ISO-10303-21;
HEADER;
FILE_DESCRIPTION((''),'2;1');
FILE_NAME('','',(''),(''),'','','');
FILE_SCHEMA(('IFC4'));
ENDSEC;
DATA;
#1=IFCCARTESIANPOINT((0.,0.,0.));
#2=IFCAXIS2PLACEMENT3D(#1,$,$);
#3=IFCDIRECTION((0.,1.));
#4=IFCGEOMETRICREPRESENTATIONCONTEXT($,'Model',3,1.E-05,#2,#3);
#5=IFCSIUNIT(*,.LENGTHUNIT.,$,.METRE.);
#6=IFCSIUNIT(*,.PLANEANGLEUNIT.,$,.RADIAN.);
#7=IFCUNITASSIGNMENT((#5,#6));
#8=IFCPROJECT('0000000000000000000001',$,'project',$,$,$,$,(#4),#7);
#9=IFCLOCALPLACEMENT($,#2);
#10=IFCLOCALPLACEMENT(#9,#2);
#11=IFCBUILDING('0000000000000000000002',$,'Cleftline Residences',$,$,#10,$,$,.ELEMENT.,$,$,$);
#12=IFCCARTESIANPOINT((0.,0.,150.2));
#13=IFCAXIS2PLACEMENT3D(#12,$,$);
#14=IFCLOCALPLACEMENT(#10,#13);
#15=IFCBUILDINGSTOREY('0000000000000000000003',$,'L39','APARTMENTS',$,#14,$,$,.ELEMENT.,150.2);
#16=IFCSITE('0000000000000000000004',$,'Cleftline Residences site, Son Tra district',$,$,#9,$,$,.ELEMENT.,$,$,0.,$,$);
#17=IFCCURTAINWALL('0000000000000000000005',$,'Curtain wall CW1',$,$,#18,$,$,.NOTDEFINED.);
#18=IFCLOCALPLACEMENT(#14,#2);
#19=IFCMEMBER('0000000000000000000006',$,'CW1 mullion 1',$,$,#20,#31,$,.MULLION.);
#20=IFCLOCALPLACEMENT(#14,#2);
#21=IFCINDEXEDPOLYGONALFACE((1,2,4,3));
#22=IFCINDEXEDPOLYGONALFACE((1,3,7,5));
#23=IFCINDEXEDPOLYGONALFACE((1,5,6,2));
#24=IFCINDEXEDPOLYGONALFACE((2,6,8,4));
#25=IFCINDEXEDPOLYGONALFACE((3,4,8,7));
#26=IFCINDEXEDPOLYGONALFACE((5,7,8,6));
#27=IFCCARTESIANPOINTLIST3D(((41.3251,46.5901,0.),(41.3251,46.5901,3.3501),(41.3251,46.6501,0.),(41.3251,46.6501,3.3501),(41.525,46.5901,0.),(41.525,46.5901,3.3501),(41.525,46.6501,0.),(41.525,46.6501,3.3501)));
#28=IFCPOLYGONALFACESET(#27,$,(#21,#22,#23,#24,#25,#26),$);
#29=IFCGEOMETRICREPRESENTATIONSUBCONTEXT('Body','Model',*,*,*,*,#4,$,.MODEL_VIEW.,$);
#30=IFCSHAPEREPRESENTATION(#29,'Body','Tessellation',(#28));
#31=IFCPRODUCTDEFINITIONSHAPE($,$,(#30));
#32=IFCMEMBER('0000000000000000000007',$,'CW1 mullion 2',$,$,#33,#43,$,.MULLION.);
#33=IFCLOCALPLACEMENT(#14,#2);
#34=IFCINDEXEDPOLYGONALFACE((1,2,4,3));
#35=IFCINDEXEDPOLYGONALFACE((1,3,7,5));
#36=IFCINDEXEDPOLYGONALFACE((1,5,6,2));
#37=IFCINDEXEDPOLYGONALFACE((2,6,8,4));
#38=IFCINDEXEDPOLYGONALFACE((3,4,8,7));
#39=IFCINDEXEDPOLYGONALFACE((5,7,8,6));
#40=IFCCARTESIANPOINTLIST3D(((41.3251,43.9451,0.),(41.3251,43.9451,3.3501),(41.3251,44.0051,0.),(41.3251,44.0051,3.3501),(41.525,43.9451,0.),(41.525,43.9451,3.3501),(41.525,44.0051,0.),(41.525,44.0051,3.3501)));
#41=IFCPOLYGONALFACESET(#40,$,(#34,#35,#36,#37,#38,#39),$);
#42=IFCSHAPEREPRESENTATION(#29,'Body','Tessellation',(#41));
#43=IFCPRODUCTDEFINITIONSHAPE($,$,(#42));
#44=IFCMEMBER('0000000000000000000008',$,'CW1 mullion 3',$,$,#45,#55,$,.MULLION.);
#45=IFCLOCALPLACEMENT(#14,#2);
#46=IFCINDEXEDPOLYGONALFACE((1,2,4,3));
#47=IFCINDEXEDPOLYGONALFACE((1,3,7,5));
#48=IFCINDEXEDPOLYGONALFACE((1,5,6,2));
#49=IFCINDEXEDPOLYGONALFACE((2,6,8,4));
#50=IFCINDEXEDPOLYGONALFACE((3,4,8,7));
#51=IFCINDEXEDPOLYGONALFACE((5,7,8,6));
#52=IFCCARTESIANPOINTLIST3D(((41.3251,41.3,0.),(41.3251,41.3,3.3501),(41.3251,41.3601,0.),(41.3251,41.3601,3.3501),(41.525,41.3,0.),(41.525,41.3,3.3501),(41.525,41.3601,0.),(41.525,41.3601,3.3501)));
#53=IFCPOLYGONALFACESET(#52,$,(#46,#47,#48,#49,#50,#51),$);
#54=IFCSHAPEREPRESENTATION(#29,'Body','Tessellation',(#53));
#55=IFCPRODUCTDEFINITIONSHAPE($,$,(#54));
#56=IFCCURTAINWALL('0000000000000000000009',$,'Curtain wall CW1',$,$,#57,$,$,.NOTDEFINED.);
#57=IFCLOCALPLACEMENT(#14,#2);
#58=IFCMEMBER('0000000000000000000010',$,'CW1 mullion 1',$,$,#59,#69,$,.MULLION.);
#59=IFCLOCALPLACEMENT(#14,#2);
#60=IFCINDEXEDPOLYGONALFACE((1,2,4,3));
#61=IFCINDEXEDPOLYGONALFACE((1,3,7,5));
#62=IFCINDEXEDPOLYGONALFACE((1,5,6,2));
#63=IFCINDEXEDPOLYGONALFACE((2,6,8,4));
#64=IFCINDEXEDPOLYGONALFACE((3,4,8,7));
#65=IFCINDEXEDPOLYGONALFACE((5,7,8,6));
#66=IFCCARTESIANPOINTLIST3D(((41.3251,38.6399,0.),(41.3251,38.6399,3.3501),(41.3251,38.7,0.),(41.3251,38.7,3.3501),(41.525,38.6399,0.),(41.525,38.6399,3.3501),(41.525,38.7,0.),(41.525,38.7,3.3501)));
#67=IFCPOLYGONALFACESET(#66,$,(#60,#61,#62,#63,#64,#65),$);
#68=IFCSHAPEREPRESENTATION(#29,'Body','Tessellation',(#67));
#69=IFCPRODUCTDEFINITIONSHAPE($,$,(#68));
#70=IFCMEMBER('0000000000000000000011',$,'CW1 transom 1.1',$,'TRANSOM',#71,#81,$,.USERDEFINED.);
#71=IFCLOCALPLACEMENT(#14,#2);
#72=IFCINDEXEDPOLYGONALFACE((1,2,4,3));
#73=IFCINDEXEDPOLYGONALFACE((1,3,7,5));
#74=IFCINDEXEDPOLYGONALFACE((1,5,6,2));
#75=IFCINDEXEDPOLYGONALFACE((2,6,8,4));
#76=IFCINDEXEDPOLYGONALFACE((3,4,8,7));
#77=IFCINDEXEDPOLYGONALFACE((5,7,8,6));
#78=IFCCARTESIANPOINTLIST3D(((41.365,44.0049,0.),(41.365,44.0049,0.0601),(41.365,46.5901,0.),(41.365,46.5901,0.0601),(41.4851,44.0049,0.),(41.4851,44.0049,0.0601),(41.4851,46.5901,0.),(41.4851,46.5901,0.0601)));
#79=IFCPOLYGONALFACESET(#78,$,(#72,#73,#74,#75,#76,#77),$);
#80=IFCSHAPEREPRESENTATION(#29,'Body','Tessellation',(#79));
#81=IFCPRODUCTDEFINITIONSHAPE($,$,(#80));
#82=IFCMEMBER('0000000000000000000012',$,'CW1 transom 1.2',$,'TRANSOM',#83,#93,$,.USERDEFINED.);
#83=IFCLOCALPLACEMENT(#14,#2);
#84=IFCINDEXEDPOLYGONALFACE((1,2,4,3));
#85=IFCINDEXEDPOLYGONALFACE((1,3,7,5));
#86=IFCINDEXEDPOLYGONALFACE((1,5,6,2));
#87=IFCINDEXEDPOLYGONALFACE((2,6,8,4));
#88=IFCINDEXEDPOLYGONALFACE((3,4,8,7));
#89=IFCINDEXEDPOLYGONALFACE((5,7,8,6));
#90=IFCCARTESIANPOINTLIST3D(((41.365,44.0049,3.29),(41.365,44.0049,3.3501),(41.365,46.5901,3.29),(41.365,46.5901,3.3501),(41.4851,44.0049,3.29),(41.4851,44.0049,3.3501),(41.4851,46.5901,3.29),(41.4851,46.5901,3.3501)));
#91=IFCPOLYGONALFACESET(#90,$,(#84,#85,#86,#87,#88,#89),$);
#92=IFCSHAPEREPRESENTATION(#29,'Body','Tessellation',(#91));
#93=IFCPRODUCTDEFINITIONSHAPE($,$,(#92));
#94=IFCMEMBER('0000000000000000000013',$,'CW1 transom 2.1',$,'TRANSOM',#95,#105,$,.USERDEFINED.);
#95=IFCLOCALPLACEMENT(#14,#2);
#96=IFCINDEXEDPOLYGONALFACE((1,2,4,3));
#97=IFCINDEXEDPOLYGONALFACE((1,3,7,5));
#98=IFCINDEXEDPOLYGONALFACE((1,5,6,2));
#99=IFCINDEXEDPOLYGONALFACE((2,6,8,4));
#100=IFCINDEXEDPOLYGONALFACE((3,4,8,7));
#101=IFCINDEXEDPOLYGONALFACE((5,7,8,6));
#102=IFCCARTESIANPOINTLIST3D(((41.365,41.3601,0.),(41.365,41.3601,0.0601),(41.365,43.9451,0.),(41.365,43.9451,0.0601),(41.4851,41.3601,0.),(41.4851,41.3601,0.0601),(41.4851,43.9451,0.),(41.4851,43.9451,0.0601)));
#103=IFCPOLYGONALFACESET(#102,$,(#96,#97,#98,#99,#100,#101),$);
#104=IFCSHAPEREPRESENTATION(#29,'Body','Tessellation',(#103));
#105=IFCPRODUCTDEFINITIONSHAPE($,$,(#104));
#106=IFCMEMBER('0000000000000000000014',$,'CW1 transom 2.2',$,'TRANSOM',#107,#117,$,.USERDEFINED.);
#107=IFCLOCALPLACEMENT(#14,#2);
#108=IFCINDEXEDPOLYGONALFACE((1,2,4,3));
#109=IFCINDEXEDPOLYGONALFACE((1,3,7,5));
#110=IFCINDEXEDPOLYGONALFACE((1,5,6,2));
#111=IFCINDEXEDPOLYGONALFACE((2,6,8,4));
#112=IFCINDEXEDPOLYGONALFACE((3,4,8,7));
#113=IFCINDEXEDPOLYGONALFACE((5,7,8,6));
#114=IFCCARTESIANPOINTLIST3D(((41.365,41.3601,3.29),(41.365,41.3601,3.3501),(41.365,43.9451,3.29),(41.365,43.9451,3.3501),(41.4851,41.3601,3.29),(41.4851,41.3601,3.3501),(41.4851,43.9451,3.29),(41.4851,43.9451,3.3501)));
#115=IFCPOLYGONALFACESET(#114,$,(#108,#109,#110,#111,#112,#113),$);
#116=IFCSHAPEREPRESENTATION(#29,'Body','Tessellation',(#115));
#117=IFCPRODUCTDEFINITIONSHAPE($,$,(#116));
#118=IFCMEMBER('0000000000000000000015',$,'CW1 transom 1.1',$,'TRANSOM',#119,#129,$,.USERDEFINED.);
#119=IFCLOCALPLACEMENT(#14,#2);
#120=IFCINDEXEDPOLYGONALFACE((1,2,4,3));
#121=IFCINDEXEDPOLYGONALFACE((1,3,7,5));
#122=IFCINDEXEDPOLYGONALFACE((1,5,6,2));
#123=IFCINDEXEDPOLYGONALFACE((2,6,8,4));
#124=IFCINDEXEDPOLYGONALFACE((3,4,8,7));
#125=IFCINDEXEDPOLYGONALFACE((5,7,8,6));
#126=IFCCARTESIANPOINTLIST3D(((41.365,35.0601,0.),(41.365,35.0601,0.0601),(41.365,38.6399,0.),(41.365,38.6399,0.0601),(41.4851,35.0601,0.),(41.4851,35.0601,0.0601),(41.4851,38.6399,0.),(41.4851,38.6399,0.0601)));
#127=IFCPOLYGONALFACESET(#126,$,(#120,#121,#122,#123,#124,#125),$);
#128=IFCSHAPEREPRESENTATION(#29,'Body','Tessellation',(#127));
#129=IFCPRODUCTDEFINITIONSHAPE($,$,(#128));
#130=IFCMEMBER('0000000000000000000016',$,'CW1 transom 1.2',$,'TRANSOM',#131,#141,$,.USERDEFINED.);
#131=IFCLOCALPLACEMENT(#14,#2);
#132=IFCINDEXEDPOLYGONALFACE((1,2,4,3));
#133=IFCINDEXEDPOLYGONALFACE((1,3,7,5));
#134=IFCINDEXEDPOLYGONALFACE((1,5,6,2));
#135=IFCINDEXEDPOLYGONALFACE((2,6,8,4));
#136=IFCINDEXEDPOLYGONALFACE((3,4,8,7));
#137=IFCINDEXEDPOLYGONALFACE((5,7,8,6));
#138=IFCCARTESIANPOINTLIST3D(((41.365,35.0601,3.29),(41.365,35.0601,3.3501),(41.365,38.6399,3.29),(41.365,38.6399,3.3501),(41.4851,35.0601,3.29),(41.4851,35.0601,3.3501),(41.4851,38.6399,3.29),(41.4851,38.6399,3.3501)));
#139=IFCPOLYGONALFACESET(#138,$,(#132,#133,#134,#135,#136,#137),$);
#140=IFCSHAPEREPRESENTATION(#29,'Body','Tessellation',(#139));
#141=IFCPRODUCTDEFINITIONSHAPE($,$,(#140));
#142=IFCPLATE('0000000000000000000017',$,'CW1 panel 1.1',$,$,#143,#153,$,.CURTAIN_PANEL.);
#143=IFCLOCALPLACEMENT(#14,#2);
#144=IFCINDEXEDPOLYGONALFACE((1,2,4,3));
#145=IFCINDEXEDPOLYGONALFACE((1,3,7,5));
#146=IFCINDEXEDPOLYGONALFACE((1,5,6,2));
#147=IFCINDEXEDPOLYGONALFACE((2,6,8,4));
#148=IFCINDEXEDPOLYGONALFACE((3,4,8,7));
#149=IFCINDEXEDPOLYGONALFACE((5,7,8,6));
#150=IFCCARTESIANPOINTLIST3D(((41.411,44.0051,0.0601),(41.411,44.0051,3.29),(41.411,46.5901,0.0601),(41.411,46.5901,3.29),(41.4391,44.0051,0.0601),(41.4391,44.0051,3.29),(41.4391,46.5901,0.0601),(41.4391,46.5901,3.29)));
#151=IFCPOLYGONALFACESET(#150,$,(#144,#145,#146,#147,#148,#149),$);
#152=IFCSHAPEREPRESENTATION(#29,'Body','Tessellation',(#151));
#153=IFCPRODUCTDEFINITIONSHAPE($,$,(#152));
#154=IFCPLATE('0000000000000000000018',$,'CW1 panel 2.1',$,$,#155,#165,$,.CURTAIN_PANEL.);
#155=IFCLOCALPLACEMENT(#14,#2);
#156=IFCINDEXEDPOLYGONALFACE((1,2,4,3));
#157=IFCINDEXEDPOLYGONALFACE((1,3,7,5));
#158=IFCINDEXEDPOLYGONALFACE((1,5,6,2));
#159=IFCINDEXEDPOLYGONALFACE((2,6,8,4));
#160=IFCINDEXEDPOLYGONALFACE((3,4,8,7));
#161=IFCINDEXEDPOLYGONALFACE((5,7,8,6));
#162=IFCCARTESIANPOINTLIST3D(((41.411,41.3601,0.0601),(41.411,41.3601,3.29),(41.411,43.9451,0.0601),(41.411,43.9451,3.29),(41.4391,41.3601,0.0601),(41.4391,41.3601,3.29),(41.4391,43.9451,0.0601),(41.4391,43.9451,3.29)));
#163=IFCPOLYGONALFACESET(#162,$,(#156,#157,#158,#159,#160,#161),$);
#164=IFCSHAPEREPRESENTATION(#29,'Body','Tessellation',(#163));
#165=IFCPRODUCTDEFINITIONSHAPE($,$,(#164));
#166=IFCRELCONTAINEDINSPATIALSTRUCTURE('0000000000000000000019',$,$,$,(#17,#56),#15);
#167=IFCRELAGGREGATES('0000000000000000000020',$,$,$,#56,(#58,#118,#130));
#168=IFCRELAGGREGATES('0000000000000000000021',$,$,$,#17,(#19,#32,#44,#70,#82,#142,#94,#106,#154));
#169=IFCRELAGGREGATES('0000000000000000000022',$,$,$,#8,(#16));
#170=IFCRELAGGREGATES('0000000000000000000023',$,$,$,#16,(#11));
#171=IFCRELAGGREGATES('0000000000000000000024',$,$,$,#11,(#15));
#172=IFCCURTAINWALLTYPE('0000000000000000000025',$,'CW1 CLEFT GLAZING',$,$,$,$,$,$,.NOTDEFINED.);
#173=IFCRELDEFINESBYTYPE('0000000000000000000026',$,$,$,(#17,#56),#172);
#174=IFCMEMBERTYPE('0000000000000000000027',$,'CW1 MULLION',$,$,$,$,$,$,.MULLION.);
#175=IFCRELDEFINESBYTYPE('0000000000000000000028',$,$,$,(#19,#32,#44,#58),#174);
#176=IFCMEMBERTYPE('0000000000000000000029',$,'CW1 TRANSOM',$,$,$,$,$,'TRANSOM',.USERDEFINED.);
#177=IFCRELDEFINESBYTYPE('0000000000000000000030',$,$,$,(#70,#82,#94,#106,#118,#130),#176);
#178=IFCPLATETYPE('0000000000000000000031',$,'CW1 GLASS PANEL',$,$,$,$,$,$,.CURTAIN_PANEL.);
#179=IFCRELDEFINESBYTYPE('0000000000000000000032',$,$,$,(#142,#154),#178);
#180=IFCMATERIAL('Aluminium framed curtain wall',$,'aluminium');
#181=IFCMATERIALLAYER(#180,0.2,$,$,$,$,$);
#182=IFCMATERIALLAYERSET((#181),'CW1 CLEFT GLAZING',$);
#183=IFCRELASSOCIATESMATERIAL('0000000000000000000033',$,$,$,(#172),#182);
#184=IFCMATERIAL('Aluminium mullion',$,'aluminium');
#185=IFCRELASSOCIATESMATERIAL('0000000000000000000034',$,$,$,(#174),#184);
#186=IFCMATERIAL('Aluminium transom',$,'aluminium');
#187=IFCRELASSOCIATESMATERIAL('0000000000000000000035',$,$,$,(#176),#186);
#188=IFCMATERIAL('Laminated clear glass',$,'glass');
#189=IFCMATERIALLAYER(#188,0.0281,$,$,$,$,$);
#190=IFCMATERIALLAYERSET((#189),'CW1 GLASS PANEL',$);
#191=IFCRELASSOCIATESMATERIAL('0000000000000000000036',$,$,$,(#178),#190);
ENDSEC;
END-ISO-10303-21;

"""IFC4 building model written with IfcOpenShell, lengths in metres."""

from ifc_helpers import new_model, si_unit, direction, frame, origin, origin_2d, place, context, subcontext, project, spatial, rectangle, extrude, material, layer, layer_set, material_profile, profile_set, type_object, element, aggregate, save


model = new_model("IFC4")

# Units and contexts
model_context = context("Model", 3, precision=1e-05, world=origin(), true_north=direction((0.0, 1.0)))
body_context = subcontext(model_context, "Body", "Model", "MODEL_VIEW")
ifc_project = project(units=[si_unit("LENGTHUNIT", "METRE"), si_unit("PLANEANGLEUNIT", "RADIAN")], contexts=[model_context])

# Site, building, storey
site_placement = place(None, origin())
site = spatial("IfcSite", under=ifc_project, at=site_placement, Name="Cleftline Residences site, Son Tra district", CompositionType="ELEMENT", RefElevation=0.0)
building_placement = place(site_placement, origin())
building = spatial("IfcBuilding", under=site, at=building_placement, Name="Cleftline Residences", CompositionType="ELEMENT")
storey_placement = place(building_placement, frame((0.0, 0.0, 150.2)))
storey = spatial("IfcBuildingStorey", under=building, at=storey_placement, Name="L39", Description="APARTMENTS", CompositionType="ELEMENT", Elevation=150.2)

# Curtain wall, members
ifc_material_1 = material(Name="Aluminium framed curtain wall", Category="aluminium")
ifc_layer_1 = layer(ifc_material_1, 0.2)
ifc_layer_set_1 = layer_set([ifc_layer_1], Name="CW1 CLEFT GLAZING")
curtain_wall_type = type_object("IfcCurtainWallType", Name="CW1 CLEFT GLAZING", PredefinedType="NOTDEFINED", material=ifc_layer_set_1)
curtain_wall_1_placement = place(storey_placement, origin())
curtain_wall_1 = element("IfcCurtainWall", 1, at=curtain_wall_1_placement, inside=storey, type_object=curtain_wall_type, Name="Curtain wall CW1", PredefinedType="NOTDEFINED")
ifc_material_2 = material(Name="Aluminium mullion", Category="aluminium")
ifc_material_profile_1 = material_profile(ifc_material_2, rectangle(XDim=0.2, YDim=0.0601, at=origin_2d()))
ifc_profile_set_1 = profile_set([ifc_material_profile_1], Name="Aluminium mullion")
member_type_1 = type_object("IfcMemberType", Name="CW1 MULLION", PredefinedType="MULLION", material=ifc_profile_set_1)
member_1_placement = place(storey_placement, frame((41.425, 46.6201, 0.0), z_axis=(0.0, 0.0, 1.0), x_axis=(1.0, 0.0, 0.0)))
member_1 = element("IfcMember", 2, at=member_1_placement, type_object=member_type_1, Name="CW1 mullion 1", PredefinedType="MULLION", context=body_context, shape_type="SweptSolid", body=[
    extrude(rectangle(XDim=0.2, YDim=0.0601, at=origin_2d()), origin(), (0.0, 0.0, 1.0), 3.3501),
])
member_2_placement = place(storey_placement, frame((41.425, 43.9751, 0.0), z_axis=(0.0, 0.0, 1.0), x_axis=(1.0, 0.0, 0.0)))
member_2 = element("IfcMember", 3, at=member_2_placement, type_object=member_type_1, Name="CW1 mullion 2", PredefinedType="MULLION", context=body_context, shape_type="SweptSolid", body=[
    extrude(rectangle(XDim=0.2, YDim=0.0601, at=origin_2d()), origin(), (0.0, 0.0, 1.0), 3.3501),
])
member_3_placement = place(storey_placement, frame((41.425, 41.3301, 0.0), z_axis=(0.0, 0.0, 1.0), x_axis=(1.0, 0.0, 0.0)))
member_3 = element("IfcMember", 4, at=member_3_placement, type_object=member_type_1, Name="CW1 mullion 3", PredefinedType="MULLION", context=body_context, shape_type="SweptSolid", body=[
    extrude(rectangle(XDim=0.2, YDim=0.0601, at=origin_2d()), origin(), (0.0, 0.0, 1.0), 3.3501),
])

# Curtain wall, member
curtain_wall_2_placement = place(storey_placement, origin())
curtain_wall_2 = element("IfcCurtainWall", 5, at=curtain_wall_2_placement, inside=storey, type_object=curtain_wall_type, Name="Curtain wall CW1", PredefinedType="NOTDEFINED")
member_4_placement = place(storey_placement, frame((41.425, 38.6699, 0.0), z_axis=(0.0, 0.0, 1.0), x_axis=(1.0, 0.0, 0.0)))
member_4 = element("IfcMember", 6, at=member_4_placement, type_object=member_type_1, Name="CW1 mullion 1", PredefinedType="MULLION", context=body_context, shape_type="SweptSolid", body=[
    extrude(rectangle(XDim=0.2, YDim=0.0601, at=origin_2d()), origin(), (0.0, 0.0, 1.0), 3.3501),
])

# Members
ifc_material_3 = material(Name="Aluminium transom", Category="aluminium")
ifc_material_profile_2 = material_profile(ifc_material_3, rectangle(XDim=0.1201, YDim=0.0601, at=origin_2d()))
ifc_profile_set_2 = profile_set([ifc_material_profile_2], Name="Aluminium transom")
member_type_2 = type_object("IfcMemberType", Name="CW1 TRANSOM", ElementType="TRANSOM", PredefinedType="USERDEFINED", material=ifc_profile_set_2)
member_5_placement = place(storey_placement, frame((41.425, 46.5901, 0.03), z_axis=(0.0, -1.0, 0.0), x_axis=(1.0, 0.0, 0.0)))
member_5 = element("IfcMember", 7, at=member_5_placement, type_object=member_type_2, Name="CW1 transom 1.1", ObjectType="TRANSOM", PredefinedType="USERDEFINED", context=body_context, shape_type="SweptSolid", body=[
    extrude(rectangle(XDim=0.1201, YDim=0.0601, at=origin_2d()), origin(), (0.0, 0.0, 1.0), 2.5852),
])
member_6_placement = place(storey_placement, frame((41.425, 46.5901, 3.3201), z_axis=(0.0, -1.0, 0.0), x_axis=(1.0, 0.0, 0.0)))
member_6 = element("IfcMember", 8, at=member_6_placement, type_object=member_type_2, Name="CW1 transom 1.2", ObjectType="TRANSOM", PredefinedType="USERDEFINED", context=body_context, shape_type="SweptSolid", body=[
    extrude(rectangle(XDim=0.1201, YDim=0.0601, at=origin_2d()), origin(), (0.0, 0.0, 1.0), 2.5852),
])
member_7_placement = place(storey_placement, frame((41.425, 43.9451, 0.03), z_axis=(0.0, -1.0, 0.0), x_axis=(1.0, 0.0, 0.0)))
member_7 = element("IfcMember", 9, at=member_7_placement, type_object=member_type_2, Name="CW1 transom 2.1", ObjectType="TRANSOM", PredefinedType="USERDEFINED", context=body_context, shape_type="SweptSolid", body=[
    extrude(rectangle(XDim=0.1201, YDim=0.0601, at=origin_2d()), origin(), (0.0, 0.0, 1.0), 2.585),
])
member_8_placement = place(storey_placement, frame((41.425, 43.9451, 3.3201), z_axis=(0.0, -1.0, 0.0), x_axis=(1.0, 0.0, 0.0)))
member_8 = element("IfcMember", 10, at=member_8_placement, type_object=member_type_2, Name="CW1 transom 2.2", ObjectType="TRANSOM", PredefinedType="USERDEFINED", context=body_context, shape_type="SweptSolid", body=[
    extrude(rectangle(XDim=0.1201, YDim=0.0601, at=origin_2d()), origin(), (0.0, 0.0, 1.0), 2.585),
])
member_9_placement = place(storey_placement, frame((41.425, 38.6399, 0.03), z_axis=(0.0, -1.0, 0.0), x_axis=(1.0, 0.0, 0.0)))
member_9 = element("IfcMember", 11, at=member_9_placement, type_object=member_type_2, Name="CW1 transom 1.1", ObjectType="TRANSOM", PredefinedType="USERDEFINED", context=body_context, shape_type="SweptSolid", body=[
    extrude(rectangle(XDim=0.1201, YDim=0.0601, at=origin_2d()), origin(), (0.0, 0.0, 1.0), 3.5798),
])
member_10_placement = place(storey_placement, frame((41.425, 38.6399, 3.3201), z_axis=(0.0, -1.0, 0.0), x_axis=(1.0, 0.0, 0.0)))
member_10 = element("IfcMember", 12, at=member_10_placement, type_object=member_type_2, Name="CW1 transom 1.2", ObjectType="TRANSOM", PredefinedType="USERDEFINED", context=body_context, shape_type="SweptSolid", body=[
    extrude(rectangle(XDim=0.1201, YDim=0.0601, at=origin_2d()), origin(), (0.0, 0.0, 1.0), 3.5798),
])
aggregate(curtain_wall_2, [member_4, member_9, member_10])

# Plates
ifc_material_4 = material(Name="Laminated clear glass", Category="glass")
ifc_layer_2 = layer(ifc_material_4, 0.0281)
ifc_layer_set_2 = layer_set([ifc_layer_2], Name="CW1 GLASS PANEL")
plate_type = type_object("IfcPlateType", Name="CW1 GLASS PANEL", PredefinedType="CURTAIN_PANEL", material=ifc_layer_set_2)
plate_1_placement = place(storey_placement, frame((41.425, 45.2976, 0.0601), z_axis=(0.0, 0.0, 1.0), x_axis=(0.0, -1.0, 0.0)))
plate_1 = element("IfcPlate", 13, at=plate_1_placement, type_object=plate_type, Name="CW1 panel 1.1", PredefinedType="CURTAIN_PANEL", context=body_context, shape_type="SweptSolid", body=[
    extrude(rectangle(XDim=2.585, YDim=0.0281, at=origin_2d()), origin(), (0.0, 0.0, 1.0), 3.23),
])
plate_2_placement = place(storey_placement, frame((41.425, 42.6526, 0.0601), z_axis=(0.0, 0.0, 1.0), x_axis=(0.0, -1.0, 0.0)))
plate_2 = element("IfcPlate", 14, at=plate_2_placement, type_object=plate_type, Name="CW1 panel 2.1", PredefinedType="CURTAIN_PANEL", context=body_context, shape_type="SweptSolid", body=[
    extrude(rectangle(XDim=2.585, YDim=0.0281, at=origin_2d()), origin(), (0.0, 0.0, 1.0), 3.23),
])
aggregate(curtain_wall_1, [member_1, member_2, member_3, member_5, member_6, plate_1, member_7, member_8, plate_2])

save(model, "model.ifc")
